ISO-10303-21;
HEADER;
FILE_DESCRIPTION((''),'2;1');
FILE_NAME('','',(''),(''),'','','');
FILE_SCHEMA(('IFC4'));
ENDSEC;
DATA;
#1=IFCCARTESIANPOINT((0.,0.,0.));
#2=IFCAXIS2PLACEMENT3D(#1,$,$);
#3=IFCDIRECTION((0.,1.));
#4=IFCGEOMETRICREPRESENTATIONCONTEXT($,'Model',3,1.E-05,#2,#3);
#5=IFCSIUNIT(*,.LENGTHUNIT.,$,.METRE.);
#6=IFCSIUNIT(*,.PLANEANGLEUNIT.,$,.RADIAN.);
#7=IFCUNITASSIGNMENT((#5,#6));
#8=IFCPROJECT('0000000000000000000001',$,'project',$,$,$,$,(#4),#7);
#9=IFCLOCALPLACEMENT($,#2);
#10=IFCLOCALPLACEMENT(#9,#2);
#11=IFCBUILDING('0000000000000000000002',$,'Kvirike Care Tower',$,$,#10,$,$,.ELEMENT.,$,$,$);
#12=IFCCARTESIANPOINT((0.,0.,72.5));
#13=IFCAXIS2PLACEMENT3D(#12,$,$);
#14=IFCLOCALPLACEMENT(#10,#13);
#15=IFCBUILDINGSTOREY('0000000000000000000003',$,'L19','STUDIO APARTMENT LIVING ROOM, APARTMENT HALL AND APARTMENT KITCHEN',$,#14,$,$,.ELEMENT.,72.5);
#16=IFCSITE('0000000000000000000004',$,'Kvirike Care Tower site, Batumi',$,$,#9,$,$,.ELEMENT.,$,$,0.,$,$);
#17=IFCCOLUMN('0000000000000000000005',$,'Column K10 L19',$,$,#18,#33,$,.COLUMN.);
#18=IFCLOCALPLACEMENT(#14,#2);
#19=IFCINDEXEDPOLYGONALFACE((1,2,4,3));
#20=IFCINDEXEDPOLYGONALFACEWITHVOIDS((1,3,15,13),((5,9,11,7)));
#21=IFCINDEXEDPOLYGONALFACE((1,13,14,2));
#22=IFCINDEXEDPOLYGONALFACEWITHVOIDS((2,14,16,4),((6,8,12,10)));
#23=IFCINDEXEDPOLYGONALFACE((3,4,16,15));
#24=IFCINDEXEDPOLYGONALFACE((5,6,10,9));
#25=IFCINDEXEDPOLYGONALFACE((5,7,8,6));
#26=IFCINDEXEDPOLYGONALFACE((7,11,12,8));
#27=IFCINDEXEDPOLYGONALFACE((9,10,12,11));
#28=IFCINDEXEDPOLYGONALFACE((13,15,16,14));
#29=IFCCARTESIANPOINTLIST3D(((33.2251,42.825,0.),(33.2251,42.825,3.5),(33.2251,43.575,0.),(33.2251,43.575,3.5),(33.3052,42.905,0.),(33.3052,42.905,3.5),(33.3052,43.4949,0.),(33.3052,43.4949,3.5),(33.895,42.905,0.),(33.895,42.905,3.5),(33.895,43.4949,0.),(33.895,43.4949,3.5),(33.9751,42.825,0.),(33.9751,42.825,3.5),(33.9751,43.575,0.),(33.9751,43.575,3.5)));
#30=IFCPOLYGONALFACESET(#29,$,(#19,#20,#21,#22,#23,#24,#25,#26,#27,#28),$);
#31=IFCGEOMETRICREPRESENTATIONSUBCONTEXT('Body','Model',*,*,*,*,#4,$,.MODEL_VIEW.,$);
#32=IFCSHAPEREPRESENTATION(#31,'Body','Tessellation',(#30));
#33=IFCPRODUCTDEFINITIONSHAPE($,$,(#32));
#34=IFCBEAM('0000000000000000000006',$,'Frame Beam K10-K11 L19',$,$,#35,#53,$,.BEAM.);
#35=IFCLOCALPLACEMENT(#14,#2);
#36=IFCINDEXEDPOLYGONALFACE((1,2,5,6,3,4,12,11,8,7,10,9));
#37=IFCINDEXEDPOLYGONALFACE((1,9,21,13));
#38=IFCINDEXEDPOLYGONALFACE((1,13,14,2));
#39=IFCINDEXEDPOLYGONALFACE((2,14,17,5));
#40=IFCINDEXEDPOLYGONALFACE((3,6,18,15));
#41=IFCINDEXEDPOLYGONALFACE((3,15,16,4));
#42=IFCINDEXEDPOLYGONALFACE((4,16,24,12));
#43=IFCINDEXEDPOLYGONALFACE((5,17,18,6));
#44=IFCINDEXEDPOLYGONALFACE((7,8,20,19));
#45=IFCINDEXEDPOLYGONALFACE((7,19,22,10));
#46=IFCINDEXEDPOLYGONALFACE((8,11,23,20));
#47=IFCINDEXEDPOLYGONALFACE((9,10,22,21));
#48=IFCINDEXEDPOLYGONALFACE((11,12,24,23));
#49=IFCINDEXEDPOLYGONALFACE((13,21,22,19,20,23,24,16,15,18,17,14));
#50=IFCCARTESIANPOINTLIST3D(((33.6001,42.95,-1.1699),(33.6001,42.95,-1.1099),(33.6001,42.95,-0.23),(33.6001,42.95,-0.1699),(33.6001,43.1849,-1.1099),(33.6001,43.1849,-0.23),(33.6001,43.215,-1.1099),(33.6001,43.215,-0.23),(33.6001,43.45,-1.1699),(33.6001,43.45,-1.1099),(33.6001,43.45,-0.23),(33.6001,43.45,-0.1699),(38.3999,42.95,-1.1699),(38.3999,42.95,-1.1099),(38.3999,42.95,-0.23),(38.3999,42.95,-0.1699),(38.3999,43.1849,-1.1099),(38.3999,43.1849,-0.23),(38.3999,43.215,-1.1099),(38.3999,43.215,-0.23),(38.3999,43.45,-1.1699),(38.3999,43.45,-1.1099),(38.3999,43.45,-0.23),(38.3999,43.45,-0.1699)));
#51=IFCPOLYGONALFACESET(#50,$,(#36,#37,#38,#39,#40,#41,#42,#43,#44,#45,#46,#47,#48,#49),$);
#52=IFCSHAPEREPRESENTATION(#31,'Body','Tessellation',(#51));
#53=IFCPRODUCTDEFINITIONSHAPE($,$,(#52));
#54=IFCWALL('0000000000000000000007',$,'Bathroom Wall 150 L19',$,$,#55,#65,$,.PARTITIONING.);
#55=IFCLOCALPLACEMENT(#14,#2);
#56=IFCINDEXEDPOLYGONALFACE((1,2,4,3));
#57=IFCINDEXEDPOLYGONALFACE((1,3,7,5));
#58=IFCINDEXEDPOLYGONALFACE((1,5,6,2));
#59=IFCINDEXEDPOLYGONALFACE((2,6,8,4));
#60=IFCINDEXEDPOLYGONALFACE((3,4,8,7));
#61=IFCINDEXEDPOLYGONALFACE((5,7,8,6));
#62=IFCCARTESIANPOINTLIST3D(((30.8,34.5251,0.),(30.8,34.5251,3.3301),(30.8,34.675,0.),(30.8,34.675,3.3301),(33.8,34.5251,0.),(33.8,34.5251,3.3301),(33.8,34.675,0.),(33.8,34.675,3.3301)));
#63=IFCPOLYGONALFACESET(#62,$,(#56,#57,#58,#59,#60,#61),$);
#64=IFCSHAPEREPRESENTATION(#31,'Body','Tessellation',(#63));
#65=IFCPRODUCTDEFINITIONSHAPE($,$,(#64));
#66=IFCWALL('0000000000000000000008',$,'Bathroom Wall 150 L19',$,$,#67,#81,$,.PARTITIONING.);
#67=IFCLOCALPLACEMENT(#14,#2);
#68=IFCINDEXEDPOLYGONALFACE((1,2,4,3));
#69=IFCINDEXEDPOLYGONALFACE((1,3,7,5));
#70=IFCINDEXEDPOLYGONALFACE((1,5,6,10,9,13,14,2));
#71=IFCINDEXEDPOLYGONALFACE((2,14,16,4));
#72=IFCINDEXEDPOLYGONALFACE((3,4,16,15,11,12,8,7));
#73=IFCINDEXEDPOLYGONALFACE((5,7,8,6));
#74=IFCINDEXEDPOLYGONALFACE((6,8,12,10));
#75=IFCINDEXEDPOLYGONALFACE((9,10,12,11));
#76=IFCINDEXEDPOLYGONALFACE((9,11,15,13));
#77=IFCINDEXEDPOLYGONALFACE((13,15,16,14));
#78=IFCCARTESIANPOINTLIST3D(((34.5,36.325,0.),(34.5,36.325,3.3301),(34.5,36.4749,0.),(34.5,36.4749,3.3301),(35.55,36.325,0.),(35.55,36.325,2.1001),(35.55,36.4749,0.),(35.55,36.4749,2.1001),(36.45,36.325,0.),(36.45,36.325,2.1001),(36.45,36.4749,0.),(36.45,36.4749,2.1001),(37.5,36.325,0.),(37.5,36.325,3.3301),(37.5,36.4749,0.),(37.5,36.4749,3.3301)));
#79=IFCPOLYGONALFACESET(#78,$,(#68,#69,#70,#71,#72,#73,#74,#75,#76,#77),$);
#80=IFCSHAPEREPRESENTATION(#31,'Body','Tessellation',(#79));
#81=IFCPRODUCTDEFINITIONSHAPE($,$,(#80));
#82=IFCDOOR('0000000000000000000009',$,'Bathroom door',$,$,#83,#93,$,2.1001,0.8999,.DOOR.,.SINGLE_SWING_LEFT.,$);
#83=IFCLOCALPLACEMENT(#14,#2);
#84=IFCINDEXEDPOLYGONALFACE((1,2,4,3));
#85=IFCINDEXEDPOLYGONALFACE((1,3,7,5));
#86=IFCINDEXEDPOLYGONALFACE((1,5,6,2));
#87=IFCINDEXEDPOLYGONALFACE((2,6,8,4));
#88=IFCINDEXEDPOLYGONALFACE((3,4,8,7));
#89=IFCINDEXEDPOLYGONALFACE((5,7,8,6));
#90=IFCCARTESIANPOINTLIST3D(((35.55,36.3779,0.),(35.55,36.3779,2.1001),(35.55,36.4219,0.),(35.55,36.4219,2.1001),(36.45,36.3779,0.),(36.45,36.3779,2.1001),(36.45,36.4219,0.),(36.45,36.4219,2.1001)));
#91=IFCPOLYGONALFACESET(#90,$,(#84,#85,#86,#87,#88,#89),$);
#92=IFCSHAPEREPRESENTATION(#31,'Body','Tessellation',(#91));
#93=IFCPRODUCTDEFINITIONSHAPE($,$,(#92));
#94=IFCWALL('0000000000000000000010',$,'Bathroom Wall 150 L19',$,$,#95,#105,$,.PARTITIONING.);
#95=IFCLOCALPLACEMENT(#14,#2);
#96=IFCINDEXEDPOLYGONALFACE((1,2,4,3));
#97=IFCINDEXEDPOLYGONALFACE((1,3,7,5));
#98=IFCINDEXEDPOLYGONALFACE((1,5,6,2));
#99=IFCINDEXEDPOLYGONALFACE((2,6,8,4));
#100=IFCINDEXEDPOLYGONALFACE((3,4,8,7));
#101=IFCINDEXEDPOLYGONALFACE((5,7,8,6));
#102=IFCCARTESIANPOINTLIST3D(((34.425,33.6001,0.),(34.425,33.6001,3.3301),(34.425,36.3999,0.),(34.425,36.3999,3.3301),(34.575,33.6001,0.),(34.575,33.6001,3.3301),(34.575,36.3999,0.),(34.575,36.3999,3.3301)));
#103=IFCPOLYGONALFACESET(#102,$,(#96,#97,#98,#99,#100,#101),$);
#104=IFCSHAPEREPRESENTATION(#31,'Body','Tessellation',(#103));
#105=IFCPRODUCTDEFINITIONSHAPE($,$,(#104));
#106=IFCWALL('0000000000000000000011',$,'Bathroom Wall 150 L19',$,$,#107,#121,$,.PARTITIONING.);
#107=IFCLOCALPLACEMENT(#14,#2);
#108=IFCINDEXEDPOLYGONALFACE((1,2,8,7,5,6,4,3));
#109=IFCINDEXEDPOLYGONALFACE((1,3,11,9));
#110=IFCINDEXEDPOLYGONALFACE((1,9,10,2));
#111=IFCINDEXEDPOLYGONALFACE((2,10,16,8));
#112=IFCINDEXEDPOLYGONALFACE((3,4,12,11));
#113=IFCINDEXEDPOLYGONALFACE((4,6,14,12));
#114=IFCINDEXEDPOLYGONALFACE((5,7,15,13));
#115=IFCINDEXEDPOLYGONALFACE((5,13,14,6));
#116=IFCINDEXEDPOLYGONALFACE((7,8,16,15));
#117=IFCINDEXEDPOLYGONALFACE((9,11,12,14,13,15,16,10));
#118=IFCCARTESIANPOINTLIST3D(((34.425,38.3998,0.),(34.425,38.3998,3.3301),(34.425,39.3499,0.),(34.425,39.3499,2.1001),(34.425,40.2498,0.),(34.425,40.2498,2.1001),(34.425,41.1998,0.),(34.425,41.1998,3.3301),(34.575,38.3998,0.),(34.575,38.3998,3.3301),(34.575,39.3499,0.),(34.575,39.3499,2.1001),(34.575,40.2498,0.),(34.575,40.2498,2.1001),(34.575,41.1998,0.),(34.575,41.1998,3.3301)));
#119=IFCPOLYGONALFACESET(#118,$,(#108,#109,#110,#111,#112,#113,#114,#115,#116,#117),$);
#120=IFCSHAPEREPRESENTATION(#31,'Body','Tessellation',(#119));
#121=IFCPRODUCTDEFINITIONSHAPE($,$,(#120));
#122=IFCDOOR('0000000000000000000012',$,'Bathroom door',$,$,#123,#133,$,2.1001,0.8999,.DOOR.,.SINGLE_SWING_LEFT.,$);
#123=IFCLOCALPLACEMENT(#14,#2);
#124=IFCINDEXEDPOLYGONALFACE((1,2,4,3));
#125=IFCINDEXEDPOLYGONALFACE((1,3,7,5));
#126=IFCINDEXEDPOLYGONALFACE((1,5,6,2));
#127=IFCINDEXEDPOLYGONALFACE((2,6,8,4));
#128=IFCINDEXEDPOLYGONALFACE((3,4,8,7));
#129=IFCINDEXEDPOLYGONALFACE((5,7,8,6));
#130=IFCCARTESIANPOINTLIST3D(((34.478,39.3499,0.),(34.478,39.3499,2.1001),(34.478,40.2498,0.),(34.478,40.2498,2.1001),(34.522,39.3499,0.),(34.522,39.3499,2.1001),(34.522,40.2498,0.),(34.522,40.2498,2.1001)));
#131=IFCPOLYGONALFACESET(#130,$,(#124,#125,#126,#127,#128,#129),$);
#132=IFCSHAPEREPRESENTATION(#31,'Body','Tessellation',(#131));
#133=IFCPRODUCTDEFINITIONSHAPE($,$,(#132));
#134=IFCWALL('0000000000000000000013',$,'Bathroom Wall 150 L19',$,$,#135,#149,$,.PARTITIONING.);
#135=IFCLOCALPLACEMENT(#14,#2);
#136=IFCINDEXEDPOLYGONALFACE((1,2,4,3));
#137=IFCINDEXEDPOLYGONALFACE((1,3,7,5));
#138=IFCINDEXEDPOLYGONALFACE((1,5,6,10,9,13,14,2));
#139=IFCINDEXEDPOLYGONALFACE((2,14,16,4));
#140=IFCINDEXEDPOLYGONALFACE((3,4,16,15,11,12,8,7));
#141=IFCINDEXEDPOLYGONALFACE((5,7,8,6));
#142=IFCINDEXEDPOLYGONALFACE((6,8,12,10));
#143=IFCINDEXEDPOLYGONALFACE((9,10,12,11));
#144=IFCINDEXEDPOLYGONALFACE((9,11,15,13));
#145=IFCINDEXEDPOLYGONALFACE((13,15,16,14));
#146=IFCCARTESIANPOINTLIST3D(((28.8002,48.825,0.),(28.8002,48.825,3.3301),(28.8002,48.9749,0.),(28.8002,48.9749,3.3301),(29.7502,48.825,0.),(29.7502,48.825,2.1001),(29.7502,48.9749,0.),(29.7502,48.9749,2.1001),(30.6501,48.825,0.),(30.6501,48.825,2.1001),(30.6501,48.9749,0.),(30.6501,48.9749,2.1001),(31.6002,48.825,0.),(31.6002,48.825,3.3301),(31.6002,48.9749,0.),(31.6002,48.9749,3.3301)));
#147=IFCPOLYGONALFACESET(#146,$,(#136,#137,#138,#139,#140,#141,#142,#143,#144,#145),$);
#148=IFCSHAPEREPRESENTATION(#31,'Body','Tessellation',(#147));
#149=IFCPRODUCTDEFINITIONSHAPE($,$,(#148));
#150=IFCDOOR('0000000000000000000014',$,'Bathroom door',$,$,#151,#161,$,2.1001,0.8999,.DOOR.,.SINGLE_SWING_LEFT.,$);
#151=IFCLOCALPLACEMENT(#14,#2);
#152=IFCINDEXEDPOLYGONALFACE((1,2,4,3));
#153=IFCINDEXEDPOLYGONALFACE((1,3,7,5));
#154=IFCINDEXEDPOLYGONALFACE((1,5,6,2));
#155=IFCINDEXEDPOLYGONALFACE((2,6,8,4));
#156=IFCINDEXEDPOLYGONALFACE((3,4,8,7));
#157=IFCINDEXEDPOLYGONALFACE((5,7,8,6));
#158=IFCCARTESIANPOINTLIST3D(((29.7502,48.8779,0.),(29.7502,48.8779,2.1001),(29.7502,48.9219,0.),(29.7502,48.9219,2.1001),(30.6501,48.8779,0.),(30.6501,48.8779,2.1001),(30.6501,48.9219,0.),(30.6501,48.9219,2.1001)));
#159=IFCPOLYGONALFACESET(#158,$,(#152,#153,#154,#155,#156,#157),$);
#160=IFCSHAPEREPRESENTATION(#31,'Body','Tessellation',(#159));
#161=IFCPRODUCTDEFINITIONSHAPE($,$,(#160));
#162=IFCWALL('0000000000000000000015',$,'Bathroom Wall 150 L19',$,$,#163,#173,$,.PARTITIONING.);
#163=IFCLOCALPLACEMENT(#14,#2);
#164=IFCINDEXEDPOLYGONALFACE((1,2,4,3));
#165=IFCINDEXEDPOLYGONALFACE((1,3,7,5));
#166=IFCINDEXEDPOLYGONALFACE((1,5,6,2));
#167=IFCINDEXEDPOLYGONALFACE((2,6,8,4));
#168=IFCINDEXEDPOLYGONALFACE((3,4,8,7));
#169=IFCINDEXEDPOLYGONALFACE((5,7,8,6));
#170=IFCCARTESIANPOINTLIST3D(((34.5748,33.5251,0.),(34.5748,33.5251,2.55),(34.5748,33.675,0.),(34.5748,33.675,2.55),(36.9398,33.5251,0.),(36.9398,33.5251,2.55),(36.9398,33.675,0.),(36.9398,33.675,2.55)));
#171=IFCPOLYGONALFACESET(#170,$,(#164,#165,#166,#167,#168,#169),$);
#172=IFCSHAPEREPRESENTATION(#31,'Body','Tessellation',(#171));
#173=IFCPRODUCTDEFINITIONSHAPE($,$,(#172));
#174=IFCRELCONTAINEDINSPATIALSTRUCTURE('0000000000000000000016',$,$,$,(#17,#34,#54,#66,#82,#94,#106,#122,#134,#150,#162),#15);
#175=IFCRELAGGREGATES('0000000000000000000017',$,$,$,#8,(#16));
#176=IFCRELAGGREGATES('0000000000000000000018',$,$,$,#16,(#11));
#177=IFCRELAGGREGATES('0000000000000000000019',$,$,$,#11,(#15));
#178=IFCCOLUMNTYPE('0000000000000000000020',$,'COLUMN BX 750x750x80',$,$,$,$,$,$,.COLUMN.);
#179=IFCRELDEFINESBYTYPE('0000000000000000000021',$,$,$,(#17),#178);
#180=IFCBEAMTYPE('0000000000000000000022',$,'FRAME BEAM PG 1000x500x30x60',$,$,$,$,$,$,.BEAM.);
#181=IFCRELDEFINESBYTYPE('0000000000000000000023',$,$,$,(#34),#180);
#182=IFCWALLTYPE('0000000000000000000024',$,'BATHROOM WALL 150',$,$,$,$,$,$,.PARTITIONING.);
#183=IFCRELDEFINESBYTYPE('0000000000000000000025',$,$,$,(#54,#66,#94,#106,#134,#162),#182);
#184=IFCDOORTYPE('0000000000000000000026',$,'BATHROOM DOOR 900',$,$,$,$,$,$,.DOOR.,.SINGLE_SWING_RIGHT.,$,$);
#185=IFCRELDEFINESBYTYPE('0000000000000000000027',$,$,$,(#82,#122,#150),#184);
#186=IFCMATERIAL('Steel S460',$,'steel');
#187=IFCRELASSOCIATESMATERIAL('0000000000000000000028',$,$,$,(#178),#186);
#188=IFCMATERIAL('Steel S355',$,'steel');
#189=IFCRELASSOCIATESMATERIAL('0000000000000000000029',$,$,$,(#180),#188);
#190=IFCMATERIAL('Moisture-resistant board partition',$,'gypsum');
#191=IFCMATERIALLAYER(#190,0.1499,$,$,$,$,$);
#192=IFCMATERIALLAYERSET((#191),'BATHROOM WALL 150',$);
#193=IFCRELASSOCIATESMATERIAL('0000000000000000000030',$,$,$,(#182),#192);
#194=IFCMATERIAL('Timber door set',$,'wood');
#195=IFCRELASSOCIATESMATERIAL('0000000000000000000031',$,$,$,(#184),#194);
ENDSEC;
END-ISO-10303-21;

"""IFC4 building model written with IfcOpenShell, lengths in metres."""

from ifc_helpers import new_model, si_unit, direction, frame, frame_2d, origin, origin_2d, place, context, subcontext, project, spatial, rectangle, hollow_rectangle, i_section, extrude, material, layer, layer_set, material_profile, profile_set, type_object, element, fill, save


model = new_model("IFC4")

# Units and contexts
model_context = context("Model", 3, precision=1e-05, world=origin(), true_north=direction((0.0, 1.0)))
body_context = subcontext(model_context, "Body", "Model", "MODEL_VIEW")
ifc_project = project(units=[si_unit("LENGTHUNIT", "METRE"), si_unit("PLANEANGLEUNIT", "RADIAN")], contexts=[model_context])

# Site, building, storey
site_placement = place(None, origin())
site = spatial("IfcSite", under=ifc_project, at=site_placement, Name="Kvirike Care Tower site, Batumi", CompositionType="ELEMENT", RefElevation=0.0)
building_placement = place(site_placement, origin())
building = spatial("IfcBuilding", under=site, at=building_placement, Name="Kvirike Care Tower", CompositionType="ELEMENT")
storey_placement = place(building_placement, frame((0.0, 0.0, 72.5)))
storey = spatial("IfcBuildingStorey", under=building, at=storey_placement, Name="L19", Description="STUDIO APARTMENT LIVING ROOM, APARTMENT HALL AND APARTMENT KITCHEN", CompositionType="ELEMENT", Elevation=72.5)

# Column
ifc_material_1 = material(Name="Steel S460", Category="steel")
ifc_material_profile_1 = material_profile(ifc_material_1, hollow_rectangle(XDim=0.75, YDim=0.75, WallThickness=0.0801, at=origin_2d()), Name="BX 750x750x80")
ifc_profile_set_1 = profile_set([ifc_material_profile_1], Name="Steel S460")
column_type = type_object("IfcColumnType", Name="COLUMN BX 750x750x80", PredefinedType="COLUMN", material=ifc_profile_set_1)
column_placement = place(storey_placement, frame((33.6001, 43.2, 0.0), z_axis=(0.0, 0.0, 1.0), x_axis=(0.0, 1.0, 0.0)))
element("IfcColumn", 1, at=column_placement, inside=storey, type_object=column_type, Name="Column K10 L19", PredefinedType="COLUMN", context=body_context, shape_type="SweptSolid", body=[
    extrude(hollow_rectangle(XDim=0.75, YDim=0.75, WallThickness=0.0801, at=origin_2d()), origin(), (0.0, 0.0, 1.0), 3.5),
])

# Beam
ifc_material_2 = material(Name="Steel S355", Category="steel")
ifc_material_profile_2 = material_profile(ifc_material_2, i_section(OverallWidth=0.5, OverallDepth=1.0, WebThickness=0.03, FlangeThickness=0.0601, at=origin_2d()), Name="PG 1000x500x30x60")
ifc_profile_set_2 = profile_set([ifc_material_profile_2], Name="Steel S355")
beam_type = type_object("IfcBeamType", Name="FRAME BEAM PG 1000x500x30x60", PredefinedType="BEAM", material=ifc_profile_set_2)
beam_placement = place(storey_placement, frame((33.6001, 43.2, -0.6699), z_axis=(1.0, 0.0, 0.0), x_axis=(0.0, 1.0, 0.0)))
element("IfcBeam", 2, at=beam_placement, inside=storey, type_object=beam_type, Name="Frame Beam K10-K11 L19", PredefinedType="BEAM", context=body_context, shape_type="SweptSolid", body=[
    extrude(i_section(OverallWidth=0.5, OverallDepth=1.0, WebThickness=0.03, FlangeThickness=0.0601, at=origin_2d()), origin(), (0.0, 0.0, 1.0), 4.7998),
])

# Wall
ifc_material_3 = material(Name="Moisture-resistant board partition", Category="gypsum")
ifc_layer_1 = layer(ifc_material_3, 0.1499)
ifc_layer_set_1 = layer_set([ifc_layer_1], Name="BATHROOM WALL 150")
wall_type_1 = type_object("IfcWallType", Name="BATHROOM WALL 150", PredefinedType="PARTITIONING", material=ifc_layer_set_1)
wall_1_placement = place(storey_placement, frame((33.8, 34.6001, 0.0), z_axis=(0.0, 0.0, 1.0), x_axis=(-1.0, 0.0, 0.0)))
element("IfcWall", 3, at=wall_1_placement, inside=storey, type_object=wall_type_1, Name="Bathroom Wall 150 L19", PredefinedType="PARTITIONING", context=body_context, shape_type="SweptSolid", body=[
    extrude(rectangle(XDim=3.0, YDim=0.1499, at=frame_2d((1.5, 0.0))), origin(), (0.0, 0.0, 1.0), 3.3301),
])

# Wall, opening, door
wall_2_placement = place(storey_placement, frame((37.5, 36.3999, 0.0), z_axis=(0.0, 0.0, 1.0), x_axis=(-1.0, 0.0, 0.0)))
wall_2 = element("IfcWall", 4, at=wall_2_placement, inside=storey, type_object=wall_type_1, Name="Bathroom Wall 150 L19", PredefinedType="PARTITIONING", context=body_context, shape_type="SweptSolid", body=[
    extrude(rectangle(XDim=3.0, YDim=0.1499, at=frame_2d((1.5, 0.0))), origin(), (0.0, 0.0, 1.0), 3.3301),
])
opening_1_placement = place(wall_2_placement, frame((1.05, 0.0, 0.0)))
opening_1 = element("IfcOpeningElement", 5, at=opening_1_placement, cuts=wall_2, PredefinedType="OPENING", context=body_context, shape_type="SweptSolid", body=[
    extrude(rectangle(XDim=0.8999, YDim=2.1001, at=frame_2d((0.45, 1.05))), frame((0.0, 0.0854, 0.0), z_axis=(0.0, -1.0, 0.0), x_axis=(1.0, 0.0, 0.0)), (0.0, 0.0, 1.0), 0.1709),
])
ifc_material_4 = material(Name="Timber door set", Category="wood")
door_type_1 = type_object("IfcDoorType", Name="BATHROOM DOOR 900", OperationType="SINGLE_SWING_RIGHT", PredefinedType="DOOR", material=ifc_material_4)
door_1_placement = place(opening_1_placement, origin())
door_1 = element("IfcDoor", 6, at=door_1_placement, inside=storey, type_object=door_type_1, Name="Bathroom door", OperationType="SINGLE_SWING_LEFT", OverallHeight=2.1001, OverallWidth=0.8999, PredefinedType="DOOR", context=body_context, shape_type="SweptSolid", body=[
    extrude(rectangle(XDim=0.8999, YDim=2.1001, at=frame_2d((0.45, 1.05))), frame((0.0, 0.022, 0.0), z_axis=(0.0, -1.0, 0.0), x_axis=(1.0, 0.0, 0.0)), (0.0, 0.0, 1.0), 0.0439),
])
fill(opening_1, door_1)

# Wall
wall_3_placement = place(storey_placement, frame((34.5, 33.6001, 0.0), z_axis=(0.0, 0.0, 1.0), x_axis=(0.0, 1.0, 0.0)))
element("IfcWall", 7, at=wall_3_placement, inside=storey, type_object=wall_type_1, Name="Bathroom Wall 150 L19", PredefinedType="PARTITIONING", context=body_context, shape_type="SweptSolid", body=[
    extrude(rectangle(XDim=2.7998, YDim=0.1499, at=frame_2d((1.3999, 0.0))), origin(), (0.0, 0.0, 1.0), 3.3301),
])

# Walls, openings, doors
wall_4_placement = place(storey_placement, frame((34.5, 38.3999, 0.0), z_axis=(0.0, 0.0, 1.0), x_axis=(0.0, 1.0, 0.0)))
wall_4 = element("IfcWall", 8, at=wall_4_placement, inside=storey, type_object=wall_type_1, Name="Bathroom Wall 150 L19", PredefinedType="PARTITIONING", context=body_context, shape_type="SweptSolid", body=[
    extrude(rectangle(XDim=2.8, YDim=0.1499, at=frame_2d((1.3999, 0.0))), origin(), (0.0, 0.0, 1.0), 3.3301),
])
opening_2_placement = place(wall_4_placement, frame((0.95, 0.0, 0.0)))
opening_2 = element("IfcOpeningElement", 9, at=opening_2_placement, cuts=wall_4, PredefinedType="OPENING", context=body_context, shape_type="SweptSolid", body=[
    extrude(rectangle(XDim=0.8999, YDim=2.1001, at=frame_2d((0.45, 1.05))), frame((0.0, 0.0854, 0.0), z_axis=(0.0, -1.0, 0.0), x_axis=(1.0, 0.0, 0.0)), (0.0, 0.0, 1.0), 0.1709),
])
door_2_placement = place(opening_2_placement, frame((0.8999, 0.0, 0.0), z_axis=(0.0, 0.0, 1.0), x_axis=(-1.0, 0.0, 0.0)))
door_2 = element("IfcDoor", 10, at=door_2_placement, inside=storey, type_object=door_type_1, Name="Bathroom door", OperationType="SINGLE_SWING_LEFT", OverallHeight=2.1001, OverallWidth=0.8999, PredefinedType="DOOR", context=body_context, shape_type="SweptSolid", body=[
    extrude(rectangle(XDim=0.8999, YDim=2.1001, at=frame_2d((0.45, 1.05))), frame((0.0, 0.022, 0.0), z_axis=(0.0, -1.0, 0.0), x_axis=(1.0, 0.0, 0.0)), (0.0, 0.0, 1.0), 0.0439),
])
fill(opening_2, door_2)
wall_5_placement = place(storey_placement, frame((31.6001, 48.8999, 0.0), z_axis=(0.0, 0.0, 1.0), x_axis=(-1.0, 0.0, 0.0)))
wall_5 = element("IfcWall", 11, at=wall_5_placement, inside=storey, type_object=wall_type_1, Name="Bathroom Wall 150 L19", PredefinedType="PARTITIONING", context=body_context, shape_type="SweptSolid", body=[
    extrude(rectangle(XDim=2.8, YDim=0.1499, at=frame_2d((1.3999, 0.0))), origin(), (0.0, 0.0, 1.0), 3.3301),
])
opening_3_placement = place(wall_5_placement, frame((0.95, 0.0, 0.0)))
opening_3 = element("IfcOpeningElement", 12, at=opening_3_placement, cuts=wall_5, PredefinedType="OPENING", context=body_context, shape_type="SweptSolid", body=[
    extrude(rectangle(XDim=0.8999, YDim=2.1001, at=frame_2d((0.45, 1.05))), frame((0.0, 0.0854, 0.0), z_axis=(0.0, -1.0, 0.0), x_axis=(1.0, 0.0, 0.0)), (0.0, 0.0, 1.0), 0.1709),
])
door_3_placement = place(opening_3_placement, frame((0.8999, 0.0, 0.0), z_axis=(0.0, 0.0, 1.0), x_axis=(-1.0, 0.0, 0.0)))
door_3 = element("IfcDoor", 13, at=door_3_placement, inside=storey, type_object=door_type_1, Name="Bathroom door", OperationType="SINGLE_SWING_LEFT", OverallHeight=2.1001, OverallWidth=0.8999, PredefinedType="DOOR", context=body_context, shape_type="SweptSolid", body=[
    extrude(rectangle(XDim=0.8999, YDim=2.1001, at=frame_2d((0.45, 1.05))), frame((0.0, 0.022, 0.0), z_axis=(0.0, -1.0, 0.0), x_axis=(1.0, 0.0, 0.0)), (0.0, 0.0, 1.0), 0.0439),
])
fill(opening_3, door_3)

# Wall
wall_6_placement = place(storey_placement, frame((36.9399, 33.6001, 0.0), z_axis=(0.0, 0.0, 1.0), x_axis=(-1.0, 0.0, 0.0)))
element("IfcWall", 14, at=wall_6_placement, inside=storey, type_object=wall_type_1, Name="Bathroom Wall 150 L19", PredefinedType="PARTITIONING", context=body_context, shape_type="SweptSolid", body=[
    extrude(rectangle(XDim=2.365, YDim=0.1499, at=frame_2d((1.1826, 0.0))), origin(), (0.0, 0.0, 1.0), 2.55),
])

save(model, "model.ifc")
